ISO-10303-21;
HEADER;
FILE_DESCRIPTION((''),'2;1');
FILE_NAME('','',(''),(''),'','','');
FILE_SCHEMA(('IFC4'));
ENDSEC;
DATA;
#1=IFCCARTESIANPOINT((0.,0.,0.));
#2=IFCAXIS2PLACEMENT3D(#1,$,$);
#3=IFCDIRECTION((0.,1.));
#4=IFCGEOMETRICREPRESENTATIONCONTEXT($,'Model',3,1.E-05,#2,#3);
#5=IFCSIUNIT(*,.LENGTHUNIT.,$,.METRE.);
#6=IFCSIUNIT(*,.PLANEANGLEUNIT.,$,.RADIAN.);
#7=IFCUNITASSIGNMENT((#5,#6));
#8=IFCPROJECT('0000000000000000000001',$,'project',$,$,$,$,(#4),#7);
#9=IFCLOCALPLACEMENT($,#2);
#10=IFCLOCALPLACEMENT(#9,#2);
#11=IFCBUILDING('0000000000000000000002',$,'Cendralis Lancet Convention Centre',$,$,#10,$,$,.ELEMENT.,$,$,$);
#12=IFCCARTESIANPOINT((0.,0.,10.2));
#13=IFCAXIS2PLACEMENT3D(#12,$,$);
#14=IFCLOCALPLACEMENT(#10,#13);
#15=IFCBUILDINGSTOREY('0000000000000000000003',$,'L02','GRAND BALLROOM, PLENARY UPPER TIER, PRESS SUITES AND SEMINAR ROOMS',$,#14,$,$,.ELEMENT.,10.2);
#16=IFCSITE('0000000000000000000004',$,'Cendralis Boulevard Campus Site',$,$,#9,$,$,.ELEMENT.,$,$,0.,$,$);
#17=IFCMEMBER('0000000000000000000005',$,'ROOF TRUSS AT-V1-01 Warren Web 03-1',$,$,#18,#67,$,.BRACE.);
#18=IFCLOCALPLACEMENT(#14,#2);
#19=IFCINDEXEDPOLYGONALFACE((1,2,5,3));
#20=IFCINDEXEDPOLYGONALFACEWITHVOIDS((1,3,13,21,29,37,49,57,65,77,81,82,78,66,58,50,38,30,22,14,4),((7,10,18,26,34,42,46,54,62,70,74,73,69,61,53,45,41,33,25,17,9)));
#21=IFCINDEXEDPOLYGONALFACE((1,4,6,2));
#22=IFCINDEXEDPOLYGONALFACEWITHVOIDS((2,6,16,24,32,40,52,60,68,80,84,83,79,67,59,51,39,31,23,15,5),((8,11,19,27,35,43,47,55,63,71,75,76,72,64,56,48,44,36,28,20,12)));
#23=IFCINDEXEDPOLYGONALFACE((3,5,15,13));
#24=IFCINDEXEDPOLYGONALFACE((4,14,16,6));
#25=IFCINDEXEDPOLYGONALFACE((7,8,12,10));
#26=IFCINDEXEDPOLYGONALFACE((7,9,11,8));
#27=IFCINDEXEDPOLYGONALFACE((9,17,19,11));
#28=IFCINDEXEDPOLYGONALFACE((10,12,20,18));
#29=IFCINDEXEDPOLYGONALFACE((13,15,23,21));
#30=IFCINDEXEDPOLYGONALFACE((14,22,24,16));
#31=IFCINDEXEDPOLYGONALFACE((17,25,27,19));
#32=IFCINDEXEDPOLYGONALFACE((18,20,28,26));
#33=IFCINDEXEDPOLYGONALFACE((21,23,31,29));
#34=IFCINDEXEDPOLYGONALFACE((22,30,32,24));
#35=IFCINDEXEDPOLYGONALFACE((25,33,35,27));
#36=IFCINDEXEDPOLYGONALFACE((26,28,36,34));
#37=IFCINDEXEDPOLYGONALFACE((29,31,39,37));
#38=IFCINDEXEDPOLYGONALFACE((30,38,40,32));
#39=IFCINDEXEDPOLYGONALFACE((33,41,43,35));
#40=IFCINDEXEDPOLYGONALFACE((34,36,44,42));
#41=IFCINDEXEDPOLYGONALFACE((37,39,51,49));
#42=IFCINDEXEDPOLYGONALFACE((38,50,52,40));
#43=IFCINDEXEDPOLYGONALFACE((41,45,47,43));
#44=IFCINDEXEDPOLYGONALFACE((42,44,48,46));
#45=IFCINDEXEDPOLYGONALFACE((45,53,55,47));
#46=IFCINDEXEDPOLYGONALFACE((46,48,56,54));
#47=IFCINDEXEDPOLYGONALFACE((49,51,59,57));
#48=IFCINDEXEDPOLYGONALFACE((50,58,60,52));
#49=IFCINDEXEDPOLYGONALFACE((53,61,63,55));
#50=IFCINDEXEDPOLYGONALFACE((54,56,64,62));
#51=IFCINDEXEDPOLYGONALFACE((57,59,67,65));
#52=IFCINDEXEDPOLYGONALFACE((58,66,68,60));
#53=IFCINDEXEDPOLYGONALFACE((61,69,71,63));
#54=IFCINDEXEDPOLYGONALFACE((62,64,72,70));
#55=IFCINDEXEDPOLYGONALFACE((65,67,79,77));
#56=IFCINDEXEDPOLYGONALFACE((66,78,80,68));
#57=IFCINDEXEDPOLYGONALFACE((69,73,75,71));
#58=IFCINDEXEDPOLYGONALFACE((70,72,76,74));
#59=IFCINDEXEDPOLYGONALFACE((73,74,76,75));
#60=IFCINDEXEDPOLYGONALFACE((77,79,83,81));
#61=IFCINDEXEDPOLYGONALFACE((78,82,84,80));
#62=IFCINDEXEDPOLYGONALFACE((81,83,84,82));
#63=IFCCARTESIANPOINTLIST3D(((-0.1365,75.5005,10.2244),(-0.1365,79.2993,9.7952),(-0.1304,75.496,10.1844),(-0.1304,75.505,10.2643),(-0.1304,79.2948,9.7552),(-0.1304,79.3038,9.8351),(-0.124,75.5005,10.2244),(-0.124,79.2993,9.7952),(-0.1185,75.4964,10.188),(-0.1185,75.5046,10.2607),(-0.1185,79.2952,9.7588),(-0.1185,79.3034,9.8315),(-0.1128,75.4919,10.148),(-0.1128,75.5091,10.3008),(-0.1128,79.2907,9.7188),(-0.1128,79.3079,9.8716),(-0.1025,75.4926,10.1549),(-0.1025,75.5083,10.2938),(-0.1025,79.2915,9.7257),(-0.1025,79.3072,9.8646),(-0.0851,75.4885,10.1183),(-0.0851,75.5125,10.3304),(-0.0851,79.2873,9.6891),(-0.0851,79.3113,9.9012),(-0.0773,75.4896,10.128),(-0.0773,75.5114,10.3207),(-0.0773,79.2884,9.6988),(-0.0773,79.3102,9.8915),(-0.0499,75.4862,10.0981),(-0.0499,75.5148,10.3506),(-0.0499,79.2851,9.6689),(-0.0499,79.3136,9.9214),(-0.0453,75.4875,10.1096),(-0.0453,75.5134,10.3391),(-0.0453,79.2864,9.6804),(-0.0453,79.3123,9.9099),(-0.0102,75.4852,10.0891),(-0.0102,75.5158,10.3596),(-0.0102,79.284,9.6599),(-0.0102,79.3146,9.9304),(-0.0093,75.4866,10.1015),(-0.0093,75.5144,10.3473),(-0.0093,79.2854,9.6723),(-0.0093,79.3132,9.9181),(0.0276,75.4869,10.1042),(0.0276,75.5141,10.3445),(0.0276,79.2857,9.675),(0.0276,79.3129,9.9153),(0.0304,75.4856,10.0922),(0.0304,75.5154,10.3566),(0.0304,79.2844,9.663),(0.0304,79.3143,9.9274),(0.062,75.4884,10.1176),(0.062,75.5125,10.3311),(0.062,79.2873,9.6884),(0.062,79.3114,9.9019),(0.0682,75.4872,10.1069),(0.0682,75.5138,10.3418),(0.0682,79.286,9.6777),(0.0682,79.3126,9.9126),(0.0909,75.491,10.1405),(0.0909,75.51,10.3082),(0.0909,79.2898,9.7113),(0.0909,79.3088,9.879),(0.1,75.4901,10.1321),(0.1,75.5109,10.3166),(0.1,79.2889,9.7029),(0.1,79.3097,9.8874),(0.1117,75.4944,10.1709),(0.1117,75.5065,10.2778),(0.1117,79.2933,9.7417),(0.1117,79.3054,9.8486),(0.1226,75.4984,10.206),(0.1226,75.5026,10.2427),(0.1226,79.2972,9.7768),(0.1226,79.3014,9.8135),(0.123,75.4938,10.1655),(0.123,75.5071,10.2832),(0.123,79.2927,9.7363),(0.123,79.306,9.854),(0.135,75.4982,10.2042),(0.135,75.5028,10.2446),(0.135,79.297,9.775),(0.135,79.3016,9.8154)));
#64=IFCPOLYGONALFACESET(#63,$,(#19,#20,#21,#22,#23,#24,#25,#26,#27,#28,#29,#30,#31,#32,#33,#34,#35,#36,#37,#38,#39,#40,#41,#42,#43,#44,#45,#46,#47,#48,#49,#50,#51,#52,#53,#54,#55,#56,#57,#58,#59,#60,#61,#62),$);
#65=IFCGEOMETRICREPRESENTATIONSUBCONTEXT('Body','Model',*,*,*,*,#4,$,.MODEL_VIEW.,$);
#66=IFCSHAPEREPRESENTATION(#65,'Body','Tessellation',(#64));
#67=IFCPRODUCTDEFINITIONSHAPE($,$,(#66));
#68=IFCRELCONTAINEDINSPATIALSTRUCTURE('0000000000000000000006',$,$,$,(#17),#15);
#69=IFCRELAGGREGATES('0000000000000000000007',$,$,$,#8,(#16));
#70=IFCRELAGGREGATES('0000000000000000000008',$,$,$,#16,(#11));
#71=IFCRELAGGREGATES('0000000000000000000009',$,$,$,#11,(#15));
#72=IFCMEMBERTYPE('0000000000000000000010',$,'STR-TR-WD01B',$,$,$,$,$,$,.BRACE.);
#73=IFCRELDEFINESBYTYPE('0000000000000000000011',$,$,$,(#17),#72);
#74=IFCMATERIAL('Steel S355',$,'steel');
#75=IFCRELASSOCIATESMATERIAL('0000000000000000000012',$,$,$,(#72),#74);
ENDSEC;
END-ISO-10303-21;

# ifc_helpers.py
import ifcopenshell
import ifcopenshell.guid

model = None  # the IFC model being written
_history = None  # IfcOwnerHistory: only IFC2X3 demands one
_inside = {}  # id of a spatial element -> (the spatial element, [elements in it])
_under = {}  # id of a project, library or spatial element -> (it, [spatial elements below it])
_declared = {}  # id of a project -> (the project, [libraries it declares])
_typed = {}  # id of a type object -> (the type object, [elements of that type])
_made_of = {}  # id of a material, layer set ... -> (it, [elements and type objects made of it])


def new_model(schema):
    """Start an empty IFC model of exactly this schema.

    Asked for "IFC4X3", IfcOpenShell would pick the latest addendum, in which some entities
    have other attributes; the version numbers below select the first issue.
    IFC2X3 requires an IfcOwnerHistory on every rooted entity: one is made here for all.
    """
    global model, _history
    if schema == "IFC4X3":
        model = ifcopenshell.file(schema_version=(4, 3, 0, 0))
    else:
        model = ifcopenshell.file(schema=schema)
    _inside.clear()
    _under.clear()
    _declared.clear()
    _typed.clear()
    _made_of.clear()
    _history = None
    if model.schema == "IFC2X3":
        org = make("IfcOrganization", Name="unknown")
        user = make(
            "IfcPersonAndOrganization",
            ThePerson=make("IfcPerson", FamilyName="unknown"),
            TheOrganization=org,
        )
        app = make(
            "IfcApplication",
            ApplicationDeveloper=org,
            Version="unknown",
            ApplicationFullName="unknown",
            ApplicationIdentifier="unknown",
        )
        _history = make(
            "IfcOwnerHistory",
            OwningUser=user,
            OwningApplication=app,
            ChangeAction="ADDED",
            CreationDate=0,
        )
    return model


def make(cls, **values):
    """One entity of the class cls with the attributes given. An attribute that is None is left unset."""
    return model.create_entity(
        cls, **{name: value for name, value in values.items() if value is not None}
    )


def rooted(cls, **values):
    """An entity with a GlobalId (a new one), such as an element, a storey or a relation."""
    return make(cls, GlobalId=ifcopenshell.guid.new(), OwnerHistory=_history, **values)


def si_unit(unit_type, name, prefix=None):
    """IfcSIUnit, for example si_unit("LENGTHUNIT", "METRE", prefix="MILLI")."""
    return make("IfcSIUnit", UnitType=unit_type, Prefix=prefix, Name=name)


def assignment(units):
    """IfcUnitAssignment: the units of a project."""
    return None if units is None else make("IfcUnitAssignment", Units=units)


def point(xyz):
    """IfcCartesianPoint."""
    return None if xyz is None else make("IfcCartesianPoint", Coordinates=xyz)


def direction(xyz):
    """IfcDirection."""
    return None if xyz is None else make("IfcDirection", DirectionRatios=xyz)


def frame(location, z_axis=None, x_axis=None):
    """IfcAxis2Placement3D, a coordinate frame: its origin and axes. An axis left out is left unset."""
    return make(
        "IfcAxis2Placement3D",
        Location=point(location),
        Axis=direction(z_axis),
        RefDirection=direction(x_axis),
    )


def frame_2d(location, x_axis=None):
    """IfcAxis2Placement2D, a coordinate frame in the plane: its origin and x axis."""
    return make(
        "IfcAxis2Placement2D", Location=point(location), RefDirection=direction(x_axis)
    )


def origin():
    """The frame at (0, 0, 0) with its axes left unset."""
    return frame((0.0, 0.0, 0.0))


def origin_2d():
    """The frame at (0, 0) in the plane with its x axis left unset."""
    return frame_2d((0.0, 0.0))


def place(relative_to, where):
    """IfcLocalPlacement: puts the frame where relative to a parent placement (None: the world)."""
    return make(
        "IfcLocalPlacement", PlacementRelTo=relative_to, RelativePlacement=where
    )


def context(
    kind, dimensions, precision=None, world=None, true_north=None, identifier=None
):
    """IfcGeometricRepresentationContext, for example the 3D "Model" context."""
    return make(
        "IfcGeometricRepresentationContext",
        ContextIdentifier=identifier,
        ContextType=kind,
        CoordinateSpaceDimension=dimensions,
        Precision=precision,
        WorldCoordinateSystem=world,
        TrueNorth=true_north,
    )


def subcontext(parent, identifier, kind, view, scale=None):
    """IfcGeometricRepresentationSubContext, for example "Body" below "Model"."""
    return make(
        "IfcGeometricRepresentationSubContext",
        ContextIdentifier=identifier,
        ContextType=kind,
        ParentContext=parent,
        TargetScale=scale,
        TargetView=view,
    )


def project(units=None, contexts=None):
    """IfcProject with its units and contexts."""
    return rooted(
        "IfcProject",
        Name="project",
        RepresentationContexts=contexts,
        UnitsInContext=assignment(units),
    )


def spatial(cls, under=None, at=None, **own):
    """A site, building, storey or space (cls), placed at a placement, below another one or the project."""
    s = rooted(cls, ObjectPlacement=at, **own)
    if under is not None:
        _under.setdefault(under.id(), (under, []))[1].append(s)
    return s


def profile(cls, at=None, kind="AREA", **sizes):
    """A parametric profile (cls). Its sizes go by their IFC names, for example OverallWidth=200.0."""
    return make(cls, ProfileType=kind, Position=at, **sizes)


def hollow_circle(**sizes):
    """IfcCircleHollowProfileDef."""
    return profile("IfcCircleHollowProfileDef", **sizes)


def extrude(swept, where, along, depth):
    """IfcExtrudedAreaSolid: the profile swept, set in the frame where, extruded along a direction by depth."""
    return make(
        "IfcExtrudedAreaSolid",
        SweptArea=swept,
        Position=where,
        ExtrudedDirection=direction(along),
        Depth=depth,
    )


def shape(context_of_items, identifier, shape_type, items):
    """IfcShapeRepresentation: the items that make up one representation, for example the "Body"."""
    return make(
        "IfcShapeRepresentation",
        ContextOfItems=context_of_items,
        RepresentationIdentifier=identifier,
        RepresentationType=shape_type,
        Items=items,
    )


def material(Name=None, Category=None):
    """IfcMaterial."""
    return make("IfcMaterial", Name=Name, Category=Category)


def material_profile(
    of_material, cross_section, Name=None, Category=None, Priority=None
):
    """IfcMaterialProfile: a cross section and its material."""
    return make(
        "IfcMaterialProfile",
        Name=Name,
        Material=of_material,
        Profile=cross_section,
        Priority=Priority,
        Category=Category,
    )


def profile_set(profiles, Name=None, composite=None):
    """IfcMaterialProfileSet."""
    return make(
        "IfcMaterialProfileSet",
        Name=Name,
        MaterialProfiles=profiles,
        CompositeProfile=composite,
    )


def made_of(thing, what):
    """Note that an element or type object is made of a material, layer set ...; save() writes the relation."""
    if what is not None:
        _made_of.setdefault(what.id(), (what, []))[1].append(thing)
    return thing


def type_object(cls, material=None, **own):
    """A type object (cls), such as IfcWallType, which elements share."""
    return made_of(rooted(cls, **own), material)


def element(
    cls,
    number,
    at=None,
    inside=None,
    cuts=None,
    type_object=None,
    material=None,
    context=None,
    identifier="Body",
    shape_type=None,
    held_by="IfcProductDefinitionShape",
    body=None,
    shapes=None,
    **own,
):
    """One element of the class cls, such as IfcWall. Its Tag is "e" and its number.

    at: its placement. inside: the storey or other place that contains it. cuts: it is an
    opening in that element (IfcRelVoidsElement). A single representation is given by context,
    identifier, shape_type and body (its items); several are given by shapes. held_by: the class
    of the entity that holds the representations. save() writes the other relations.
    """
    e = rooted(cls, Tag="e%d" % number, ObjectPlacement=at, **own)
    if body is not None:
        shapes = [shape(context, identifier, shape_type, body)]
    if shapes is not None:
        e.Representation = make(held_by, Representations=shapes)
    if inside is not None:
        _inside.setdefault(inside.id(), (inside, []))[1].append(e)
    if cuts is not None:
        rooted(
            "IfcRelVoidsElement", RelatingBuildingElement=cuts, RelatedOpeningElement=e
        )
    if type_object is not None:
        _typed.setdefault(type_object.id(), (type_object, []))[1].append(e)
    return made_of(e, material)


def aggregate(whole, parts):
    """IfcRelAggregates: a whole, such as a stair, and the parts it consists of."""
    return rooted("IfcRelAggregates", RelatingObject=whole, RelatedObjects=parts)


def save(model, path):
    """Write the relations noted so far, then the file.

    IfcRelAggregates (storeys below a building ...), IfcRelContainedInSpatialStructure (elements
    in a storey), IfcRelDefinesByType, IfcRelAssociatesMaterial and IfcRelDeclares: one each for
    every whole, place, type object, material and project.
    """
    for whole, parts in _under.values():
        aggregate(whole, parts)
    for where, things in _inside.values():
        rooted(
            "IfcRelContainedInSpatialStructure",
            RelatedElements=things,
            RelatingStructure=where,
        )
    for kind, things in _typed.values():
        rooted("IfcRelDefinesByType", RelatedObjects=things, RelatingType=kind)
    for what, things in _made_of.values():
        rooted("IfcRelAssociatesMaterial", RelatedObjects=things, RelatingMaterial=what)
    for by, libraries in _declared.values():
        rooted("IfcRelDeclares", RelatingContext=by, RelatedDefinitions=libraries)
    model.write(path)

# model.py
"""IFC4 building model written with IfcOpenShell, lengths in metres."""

from ifc_helpers import new_model, si_unit, direction, frame, origin, origin_2d, place, context, subcontext, project, spatial, hollow_circle, extrude, material, material_profile, profile_set, type_object, element, save


model = new_model("IFC4")

# Units and contexts
model_context = context("Model", 3, precision=1e-05, world=origin(), true_north=direction((0.0, 1.0)))
body_context = subcontext(model_context, "Body", "Model", "MODEL_VIEW")
ifc_project = project(units=[si_unit("LENGTHUNIT", "METRE"), si_unit("PLANEANGLEUNIT", "RADIAN")], contexts=[model_context])

# Site, building, storey
site_placement = place(None, origin())
site = spatial("IfcSite", under=ifc_project, at=site_placement, Name="Cendralis Boulevard Campus Site", CompositionType="ELEMENT", RefElevation=0.0)
building_placement = place(site_placement, origin())
building = spatial("IfcBuilding", under=site, at=building_placement, Name="Cendralis Lancet Convention Centre", CompositionType="ELEMENT")
storey_placement = place(building_placement, frame((0.0, 0.0, 10.2)))
storey = spatial("IfcBuildingStorey", under=building, at=storey_placement, Name="L02", Description="GRAND BALLROOM, PLENARY UPPER TIER, PRESS SUITES AND SEMINAR ROOMS", CompositionType="ELEMENT", Elevation=10.2)

# Member
ifc_material = material(Name="Steel S355", Category="steel")
ifc_material_profile_1 = material_profile(ifc_material, hollow_circle(Radius=0.1365, WallThickness=0.0125, at=origin_2d()), Name="CHS 273.0x12.5")
ifc_profile_set_1 = profile_set([ifc_material_profile_1], Name="Steel S355")
member_type_1 = type_object("IfcMemberType", Name="STR-TR-WD01B", PredefinedType="BRACE", material=ifc_profile_set_1)
member_1_placement = place(storey_placement, frame((0.0, 75.5005, 10.2244), z_axis=(0.0, 0.993678, -0.112268), x_axis=(-1.0, 0.0, 0.0)))
element("IfcMember", 1, at=member_1_placement, inside=storey, type_object=member_type_1, Name="ROOF TRUSS AT-V1-01 Warren Web 03-1", PredefinedType="BRACE", context=body_context, shape_type="SweptSolid", body=[
    extrude(hollow_circle(Radius=0.1365, WallThickness=0.0125, at=origin_2d()), origin(), (0.0, 0.0, 1.0), 3.823),
])

save(model, "model.ifc")
